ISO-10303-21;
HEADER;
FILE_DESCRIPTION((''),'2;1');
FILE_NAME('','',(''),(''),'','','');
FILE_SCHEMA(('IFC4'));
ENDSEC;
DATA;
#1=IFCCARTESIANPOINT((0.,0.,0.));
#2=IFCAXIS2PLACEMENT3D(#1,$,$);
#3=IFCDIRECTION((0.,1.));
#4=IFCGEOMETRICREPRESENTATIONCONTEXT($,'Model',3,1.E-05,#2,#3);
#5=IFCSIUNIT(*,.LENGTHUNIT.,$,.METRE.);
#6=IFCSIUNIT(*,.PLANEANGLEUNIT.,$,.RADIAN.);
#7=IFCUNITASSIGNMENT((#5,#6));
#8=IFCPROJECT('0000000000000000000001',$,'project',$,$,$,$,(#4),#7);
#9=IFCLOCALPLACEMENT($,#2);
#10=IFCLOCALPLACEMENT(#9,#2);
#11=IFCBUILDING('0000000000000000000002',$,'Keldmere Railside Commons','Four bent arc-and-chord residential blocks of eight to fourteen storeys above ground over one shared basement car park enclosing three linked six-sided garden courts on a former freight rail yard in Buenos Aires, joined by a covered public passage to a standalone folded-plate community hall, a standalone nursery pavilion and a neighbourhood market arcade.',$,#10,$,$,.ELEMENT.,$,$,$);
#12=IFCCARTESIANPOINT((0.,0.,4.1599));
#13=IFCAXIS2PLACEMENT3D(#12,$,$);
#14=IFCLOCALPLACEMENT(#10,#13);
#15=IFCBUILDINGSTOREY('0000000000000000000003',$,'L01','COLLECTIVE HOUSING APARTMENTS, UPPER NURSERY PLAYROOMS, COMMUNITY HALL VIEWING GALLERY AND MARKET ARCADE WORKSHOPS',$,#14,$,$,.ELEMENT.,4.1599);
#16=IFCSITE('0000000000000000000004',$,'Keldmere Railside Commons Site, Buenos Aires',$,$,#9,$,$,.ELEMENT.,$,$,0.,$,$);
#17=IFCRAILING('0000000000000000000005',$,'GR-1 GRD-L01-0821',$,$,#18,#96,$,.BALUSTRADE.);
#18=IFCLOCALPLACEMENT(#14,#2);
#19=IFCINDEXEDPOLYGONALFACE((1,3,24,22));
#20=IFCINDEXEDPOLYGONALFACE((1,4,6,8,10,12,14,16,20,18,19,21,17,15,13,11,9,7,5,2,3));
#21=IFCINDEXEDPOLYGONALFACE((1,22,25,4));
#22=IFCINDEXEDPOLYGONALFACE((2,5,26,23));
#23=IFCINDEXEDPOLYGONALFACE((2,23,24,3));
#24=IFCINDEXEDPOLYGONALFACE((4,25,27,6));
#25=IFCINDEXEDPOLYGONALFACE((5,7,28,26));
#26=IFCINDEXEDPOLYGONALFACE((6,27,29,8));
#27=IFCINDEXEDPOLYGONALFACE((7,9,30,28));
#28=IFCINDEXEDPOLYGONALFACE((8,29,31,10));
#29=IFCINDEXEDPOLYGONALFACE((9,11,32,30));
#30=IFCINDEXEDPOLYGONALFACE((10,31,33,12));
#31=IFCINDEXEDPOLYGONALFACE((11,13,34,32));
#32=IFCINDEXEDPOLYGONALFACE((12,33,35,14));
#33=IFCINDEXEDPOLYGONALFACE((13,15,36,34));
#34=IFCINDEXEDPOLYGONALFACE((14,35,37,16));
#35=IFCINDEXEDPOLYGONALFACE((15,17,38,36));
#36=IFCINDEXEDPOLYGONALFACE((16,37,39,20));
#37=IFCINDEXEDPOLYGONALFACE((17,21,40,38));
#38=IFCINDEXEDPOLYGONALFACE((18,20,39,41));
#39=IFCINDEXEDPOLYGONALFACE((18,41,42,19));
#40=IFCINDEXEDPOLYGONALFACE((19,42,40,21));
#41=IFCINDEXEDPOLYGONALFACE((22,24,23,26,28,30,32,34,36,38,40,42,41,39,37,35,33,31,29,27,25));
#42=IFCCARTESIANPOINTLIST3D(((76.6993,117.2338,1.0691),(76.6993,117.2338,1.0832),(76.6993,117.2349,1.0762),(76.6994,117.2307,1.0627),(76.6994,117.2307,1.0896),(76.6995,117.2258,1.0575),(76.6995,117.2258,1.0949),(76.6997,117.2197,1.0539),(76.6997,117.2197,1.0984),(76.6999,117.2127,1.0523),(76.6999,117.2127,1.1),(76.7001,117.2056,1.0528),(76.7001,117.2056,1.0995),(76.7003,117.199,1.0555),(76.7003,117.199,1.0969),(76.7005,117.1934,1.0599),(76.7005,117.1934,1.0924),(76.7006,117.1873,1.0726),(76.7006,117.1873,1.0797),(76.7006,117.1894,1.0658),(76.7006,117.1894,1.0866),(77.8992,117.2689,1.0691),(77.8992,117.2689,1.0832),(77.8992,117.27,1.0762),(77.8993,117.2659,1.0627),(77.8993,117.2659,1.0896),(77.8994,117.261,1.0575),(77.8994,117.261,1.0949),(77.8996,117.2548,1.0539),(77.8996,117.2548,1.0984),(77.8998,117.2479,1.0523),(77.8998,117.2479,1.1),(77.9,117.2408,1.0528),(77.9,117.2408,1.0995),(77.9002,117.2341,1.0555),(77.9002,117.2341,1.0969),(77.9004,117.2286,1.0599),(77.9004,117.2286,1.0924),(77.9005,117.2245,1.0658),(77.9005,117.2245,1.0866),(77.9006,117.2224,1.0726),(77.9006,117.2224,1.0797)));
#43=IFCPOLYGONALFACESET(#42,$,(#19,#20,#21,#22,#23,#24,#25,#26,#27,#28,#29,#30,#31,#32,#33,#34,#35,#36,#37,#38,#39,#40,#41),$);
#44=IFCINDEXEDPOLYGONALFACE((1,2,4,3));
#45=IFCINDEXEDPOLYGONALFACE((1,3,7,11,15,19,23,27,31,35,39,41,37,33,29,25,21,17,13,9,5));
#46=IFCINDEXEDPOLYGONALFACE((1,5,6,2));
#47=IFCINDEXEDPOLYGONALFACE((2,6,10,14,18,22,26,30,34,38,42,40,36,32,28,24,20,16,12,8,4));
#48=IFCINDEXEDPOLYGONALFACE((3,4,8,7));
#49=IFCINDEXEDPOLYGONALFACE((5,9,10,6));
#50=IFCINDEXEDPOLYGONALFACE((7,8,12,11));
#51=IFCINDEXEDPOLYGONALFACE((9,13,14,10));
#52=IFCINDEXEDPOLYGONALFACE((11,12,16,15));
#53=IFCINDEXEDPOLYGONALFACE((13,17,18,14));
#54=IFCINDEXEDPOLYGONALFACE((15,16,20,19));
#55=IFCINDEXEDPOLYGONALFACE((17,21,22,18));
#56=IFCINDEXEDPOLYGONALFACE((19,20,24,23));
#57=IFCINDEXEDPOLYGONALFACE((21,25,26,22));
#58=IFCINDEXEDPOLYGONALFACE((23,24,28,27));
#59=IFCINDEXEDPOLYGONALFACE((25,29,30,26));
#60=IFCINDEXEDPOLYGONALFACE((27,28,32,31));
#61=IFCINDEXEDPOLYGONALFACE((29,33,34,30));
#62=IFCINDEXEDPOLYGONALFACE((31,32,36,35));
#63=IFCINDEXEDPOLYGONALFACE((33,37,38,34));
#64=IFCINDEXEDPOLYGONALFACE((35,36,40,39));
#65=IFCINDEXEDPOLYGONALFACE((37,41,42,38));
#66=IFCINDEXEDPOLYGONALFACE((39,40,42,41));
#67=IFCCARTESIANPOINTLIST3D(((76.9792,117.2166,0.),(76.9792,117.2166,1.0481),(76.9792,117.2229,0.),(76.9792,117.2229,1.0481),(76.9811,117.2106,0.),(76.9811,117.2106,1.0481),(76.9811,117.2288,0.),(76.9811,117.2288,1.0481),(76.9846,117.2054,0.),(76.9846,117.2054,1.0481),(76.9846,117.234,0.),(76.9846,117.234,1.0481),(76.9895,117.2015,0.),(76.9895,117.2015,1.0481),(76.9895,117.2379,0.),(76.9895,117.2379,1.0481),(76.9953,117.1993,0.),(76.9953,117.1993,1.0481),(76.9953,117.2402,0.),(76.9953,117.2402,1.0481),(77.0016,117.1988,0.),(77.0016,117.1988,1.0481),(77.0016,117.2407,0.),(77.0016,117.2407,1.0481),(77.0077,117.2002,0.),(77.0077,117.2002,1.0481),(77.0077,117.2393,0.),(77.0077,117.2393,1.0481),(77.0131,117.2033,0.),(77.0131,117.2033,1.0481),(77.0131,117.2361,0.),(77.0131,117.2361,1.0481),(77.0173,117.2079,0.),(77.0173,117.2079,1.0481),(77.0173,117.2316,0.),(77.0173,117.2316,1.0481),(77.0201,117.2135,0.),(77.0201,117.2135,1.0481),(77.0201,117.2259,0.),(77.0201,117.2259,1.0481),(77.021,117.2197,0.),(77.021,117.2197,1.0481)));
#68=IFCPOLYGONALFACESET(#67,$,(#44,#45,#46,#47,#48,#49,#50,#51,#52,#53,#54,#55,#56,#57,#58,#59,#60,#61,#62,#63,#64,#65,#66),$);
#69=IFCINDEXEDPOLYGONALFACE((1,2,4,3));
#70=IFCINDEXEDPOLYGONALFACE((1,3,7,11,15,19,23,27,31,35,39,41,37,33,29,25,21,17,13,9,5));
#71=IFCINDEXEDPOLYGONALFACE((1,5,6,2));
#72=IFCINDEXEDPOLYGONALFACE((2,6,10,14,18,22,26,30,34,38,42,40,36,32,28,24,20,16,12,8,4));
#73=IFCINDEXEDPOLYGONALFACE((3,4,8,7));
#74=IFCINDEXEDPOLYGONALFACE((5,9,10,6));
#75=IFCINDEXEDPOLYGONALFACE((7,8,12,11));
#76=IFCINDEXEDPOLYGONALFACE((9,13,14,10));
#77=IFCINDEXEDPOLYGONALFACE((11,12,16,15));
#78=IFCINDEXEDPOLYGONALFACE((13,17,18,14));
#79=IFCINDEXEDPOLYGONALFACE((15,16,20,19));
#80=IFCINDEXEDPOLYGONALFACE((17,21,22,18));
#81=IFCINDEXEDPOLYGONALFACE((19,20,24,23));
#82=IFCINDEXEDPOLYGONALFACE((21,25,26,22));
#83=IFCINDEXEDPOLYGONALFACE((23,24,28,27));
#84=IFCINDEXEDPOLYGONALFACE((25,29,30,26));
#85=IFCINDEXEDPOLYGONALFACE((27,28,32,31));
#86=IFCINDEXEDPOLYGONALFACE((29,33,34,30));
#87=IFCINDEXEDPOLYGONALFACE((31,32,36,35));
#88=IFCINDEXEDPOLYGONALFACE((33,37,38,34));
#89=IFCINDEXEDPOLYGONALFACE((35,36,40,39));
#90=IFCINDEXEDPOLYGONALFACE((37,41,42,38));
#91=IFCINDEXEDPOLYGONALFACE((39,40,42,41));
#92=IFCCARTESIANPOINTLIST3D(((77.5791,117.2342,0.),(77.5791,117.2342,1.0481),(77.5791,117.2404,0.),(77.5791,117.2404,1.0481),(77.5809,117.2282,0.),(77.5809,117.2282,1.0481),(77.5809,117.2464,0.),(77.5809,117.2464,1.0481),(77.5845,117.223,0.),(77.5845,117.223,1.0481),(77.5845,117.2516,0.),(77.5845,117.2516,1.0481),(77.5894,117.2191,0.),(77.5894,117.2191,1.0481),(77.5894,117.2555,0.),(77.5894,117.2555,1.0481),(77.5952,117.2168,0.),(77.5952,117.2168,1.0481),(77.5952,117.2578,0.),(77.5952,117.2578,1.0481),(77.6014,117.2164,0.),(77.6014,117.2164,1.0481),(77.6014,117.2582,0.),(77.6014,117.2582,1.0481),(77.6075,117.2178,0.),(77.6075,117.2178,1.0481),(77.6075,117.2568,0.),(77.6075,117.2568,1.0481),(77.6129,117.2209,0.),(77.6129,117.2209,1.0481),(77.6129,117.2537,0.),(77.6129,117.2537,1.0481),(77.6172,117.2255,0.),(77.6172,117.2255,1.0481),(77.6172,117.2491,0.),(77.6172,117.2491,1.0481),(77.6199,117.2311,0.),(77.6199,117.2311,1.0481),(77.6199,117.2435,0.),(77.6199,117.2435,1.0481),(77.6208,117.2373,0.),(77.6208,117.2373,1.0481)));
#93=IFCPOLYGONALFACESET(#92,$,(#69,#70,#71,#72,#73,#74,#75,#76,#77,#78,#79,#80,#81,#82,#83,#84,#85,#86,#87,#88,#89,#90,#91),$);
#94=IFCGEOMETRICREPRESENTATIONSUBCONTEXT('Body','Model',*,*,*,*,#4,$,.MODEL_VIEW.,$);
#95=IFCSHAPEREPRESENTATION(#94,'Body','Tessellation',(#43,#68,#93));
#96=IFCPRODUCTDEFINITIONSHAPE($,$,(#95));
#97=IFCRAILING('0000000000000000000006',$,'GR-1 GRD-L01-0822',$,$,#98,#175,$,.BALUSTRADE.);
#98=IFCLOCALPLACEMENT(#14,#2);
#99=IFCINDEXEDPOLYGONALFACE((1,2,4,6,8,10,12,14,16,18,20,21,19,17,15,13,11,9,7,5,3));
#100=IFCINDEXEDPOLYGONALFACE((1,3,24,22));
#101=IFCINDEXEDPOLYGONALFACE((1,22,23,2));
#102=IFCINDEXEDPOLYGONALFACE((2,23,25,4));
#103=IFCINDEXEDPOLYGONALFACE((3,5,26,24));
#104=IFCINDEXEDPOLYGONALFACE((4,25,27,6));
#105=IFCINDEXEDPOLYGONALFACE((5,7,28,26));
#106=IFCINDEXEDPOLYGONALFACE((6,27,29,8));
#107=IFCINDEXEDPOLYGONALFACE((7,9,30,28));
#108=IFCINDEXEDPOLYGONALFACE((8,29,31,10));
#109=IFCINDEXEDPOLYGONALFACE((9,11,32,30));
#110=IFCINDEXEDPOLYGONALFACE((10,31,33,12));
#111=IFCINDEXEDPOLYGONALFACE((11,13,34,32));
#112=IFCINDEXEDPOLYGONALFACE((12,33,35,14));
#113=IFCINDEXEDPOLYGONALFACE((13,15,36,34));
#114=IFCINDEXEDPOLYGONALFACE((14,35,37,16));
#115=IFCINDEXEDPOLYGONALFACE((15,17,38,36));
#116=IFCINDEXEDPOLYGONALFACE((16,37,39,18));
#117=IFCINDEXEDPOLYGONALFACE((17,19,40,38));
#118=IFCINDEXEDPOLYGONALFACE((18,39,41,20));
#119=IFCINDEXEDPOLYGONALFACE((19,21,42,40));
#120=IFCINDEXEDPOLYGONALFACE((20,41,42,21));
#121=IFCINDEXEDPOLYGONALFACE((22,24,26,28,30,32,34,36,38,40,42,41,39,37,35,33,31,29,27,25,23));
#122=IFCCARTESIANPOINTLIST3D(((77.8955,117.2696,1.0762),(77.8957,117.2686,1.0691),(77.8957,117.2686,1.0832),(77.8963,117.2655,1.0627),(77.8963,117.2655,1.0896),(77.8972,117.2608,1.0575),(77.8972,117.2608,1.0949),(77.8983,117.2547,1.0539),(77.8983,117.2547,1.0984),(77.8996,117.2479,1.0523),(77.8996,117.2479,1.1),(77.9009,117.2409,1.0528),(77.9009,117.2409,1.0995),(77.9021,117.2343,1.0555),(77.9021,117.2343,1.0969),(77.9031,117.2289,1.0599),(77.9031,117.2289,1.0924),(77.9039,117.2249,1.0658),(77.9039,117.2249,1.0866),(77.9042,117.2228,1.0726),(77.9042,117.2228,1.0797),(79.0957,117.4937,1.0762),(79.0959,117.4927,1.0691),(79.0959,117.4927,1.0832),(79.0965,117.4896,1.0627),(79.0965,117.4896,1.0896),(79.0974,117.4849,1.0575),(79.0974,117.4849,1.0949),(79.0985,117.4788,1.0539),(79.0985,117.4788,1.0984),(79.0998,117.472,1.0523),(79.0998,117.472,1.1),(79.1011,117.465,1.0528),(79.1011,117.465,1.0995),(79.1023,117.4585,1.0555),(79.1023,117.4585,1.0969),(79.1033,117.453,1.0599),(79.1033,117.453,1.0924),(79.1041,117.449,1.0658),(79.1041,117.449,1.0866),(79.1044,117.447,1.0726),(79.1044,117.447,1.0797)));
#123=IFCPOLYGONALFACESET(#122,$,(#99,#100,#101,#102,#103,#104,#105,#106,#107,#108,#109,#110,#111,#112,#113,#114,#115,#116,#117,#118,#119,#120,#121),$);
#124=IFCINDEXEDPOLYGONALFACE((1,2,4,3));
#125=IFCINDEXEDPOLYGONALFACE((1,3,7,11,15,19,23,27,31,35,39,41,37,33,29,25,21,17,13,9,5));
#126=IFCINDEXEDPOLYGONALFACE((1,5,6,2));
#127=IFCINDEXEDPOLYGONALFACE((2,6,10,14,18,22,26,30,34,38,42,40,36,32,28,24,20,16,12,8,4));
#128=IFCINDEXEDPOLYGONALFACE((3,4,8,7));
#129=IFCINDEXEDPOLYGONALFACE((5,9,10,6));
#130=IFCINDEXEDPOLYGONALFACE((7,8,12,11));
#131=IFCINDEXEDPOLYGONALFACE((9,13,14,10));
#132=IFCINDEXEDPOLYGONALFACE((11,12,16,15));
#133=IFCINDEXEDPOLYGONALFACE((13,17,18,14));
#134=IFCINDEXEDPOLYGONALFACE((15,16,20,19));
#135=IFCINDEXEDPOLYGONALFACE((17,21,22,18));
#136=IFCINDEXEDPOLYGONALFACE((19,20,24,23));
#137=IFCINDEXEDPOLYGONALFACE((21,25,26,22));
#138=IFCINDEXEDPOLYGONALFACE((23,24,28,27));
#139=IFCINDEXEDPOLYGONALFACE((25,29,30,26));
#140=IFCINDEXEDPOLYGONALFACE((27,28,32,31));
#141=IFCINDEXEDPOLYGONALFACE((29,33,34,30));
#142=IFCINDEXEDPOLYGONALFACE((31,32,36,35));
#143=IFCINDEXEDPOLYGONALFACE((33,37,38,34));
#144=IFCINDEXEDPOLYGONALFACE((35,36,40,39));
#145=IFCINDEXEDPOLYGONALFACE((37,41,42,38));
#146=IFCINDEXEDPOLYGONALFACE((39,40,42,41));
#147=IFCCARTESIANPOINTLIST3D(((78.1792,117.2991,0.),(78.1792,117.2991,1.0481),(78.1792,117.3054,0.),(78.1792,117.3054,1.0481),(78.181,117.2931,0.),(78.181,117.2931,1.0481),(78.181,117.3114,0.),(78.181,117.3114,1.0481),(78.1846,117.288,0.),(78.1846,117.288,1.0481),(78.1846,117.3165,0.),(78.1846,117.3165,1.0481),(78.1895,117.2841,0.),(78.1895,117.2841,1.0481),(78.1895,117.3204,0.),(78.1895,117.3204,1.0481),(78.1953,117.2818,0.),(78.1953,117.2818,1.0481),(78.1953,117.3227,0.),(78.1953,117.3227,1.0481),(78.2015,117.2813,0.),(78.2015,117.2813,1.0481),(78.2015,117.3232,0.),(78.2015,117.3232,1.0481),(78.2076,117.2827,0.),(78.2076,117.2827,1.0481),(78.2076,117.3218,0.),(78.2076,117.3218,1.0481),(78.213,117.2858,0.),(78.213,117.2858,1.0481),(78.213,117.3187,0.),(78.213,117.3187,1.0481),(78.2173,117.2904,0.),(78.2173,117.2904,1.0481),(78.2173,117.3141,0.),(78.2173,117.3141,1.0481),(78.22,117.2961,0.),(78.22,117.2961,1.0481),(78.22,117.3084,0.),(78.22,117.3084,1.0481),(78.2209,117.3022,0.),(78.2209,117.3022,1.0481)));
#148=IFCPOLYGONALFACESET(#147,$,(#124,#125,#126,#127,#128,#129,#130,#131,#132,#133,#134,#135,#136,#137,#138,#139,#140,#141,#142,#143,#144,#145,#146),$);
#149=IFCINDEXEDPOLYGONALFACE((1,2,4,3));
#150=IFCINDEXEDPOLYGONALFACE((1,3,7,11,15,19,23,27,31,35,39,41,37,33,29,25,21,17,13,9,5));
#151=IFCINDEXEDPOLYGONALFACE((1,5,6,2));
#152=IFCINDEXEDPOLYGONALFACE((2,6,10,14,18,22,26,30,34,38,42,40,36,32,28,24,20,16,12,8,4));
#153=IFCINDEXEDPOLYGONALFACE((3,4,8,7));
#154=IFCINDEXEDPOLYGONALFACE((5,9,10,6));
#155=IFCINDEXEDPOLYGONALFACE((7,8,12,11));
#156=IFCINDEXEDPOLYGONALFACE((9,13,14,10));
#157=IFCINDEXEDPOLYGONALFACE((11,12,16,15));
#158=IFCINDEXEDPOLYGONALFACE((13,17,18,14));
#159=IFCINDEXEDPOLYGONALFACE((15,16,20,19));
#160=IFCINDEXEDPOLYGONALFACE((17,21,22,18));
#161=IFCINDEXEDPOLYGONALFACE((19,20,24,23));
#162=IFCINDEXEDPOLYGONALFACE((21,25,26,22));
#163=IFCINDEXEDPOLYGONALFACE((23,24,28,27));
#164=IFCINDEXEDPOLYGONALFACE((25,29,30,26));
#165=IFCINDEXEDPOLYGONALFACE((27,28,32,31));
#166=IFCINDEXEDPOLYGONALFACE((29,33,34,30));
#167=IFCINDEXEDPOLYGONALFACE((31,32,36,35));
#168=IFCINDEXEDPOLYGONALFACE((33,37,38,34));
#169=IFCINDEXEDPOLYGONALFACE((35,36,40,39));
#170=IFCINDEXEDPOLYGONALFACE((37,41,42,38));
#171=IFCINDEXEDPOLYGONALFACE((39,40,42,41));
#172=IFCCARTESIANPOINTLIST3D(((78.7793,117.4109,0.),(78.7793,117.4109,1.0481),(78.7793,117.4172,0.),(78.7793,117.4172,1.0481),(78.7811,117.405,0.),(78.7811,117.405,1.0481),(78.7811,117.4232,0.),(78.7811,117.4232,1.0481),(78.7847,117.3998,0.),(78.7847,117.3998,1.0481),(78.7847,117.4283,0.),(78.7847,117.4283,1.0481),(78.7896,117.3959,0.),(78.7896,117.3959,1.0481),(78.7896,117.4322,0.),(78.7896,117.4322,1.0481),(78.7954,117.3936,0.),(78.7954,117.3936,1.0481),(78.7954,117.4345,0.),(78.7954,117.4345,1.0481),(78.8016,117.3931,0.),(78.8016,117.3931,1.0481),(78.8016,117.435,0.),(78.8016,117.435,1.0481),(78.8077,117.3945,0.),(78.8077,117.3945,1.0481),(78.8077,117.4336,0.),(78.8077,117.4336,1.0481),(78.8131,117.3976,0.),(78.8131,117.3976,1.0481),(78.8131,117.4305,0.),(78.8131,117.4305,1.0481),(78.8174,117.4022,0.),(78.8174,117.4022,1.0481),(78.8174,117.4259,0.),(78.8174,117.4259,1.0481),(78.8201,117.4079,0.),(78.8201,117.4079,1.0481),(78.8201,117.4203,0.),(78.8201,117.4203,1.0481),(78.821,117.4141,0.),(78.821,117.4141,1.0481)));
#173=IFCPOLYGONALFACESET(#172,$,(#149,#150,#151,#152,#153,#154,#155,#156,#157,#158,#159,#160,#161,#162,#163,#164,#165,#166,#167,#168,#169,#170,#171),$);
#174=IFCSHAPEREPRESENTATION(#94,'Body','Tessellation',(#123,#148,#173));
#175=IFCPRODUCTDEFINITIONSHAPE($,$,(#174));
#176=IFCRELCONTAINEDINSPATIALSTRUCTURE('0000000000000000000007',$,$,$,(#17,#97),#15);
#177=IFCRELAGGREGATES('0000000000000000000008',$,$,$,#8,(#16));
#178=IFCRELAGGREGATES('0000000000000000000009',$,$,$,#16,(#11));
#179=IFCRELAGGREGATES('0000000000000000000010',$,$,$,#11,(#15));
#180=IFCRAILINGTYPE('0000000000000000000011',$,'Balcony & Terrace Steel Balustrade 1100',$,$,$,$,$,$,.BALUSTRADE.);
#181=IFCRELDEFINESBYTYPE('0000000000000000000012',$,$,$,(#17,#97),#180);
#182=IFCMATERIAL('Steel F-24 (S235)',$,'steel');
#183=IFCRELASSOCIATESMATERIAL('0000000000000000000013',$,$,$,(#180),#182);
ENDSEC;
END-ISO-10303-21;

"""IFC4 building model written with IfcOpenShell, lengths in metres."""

from ifc_helpers import new_model, si_unit, direction, frame, origin, origin_2d, place, context, subcontext, project, spatial, circle, extrude, material, type_object, element, save


model = new_model("IFC4")

# Units and contexts
model_context = context("Model", 3, precision=1e-05, world=origin(), true_north=direction((0.0, 1.0)))
body_context = subcontext(model_context, "Body", "Model", "MODEL_VIEW")
ifc_project = project(units=[si_unit("LENGTHUNIT", "METRE"), si_unit("PLANEANGLEUNIT", "RADIAN")], contexts=[model_context])

# Site, building, storey
site_placement = place(None, origin())
site = spatial("IfcSite", under=ifc_project, at=site_placement, Name="Keldmere Railside Commons Site, Buenos Aires", CompositionType="ELEMENT", RefElevation=0.0)
building_placement = place(site_placement, origin())
building = spatial("IfcBuilding", under=site, at=building_placement, Name="Keldmere Railside Commons", Description="Four bent arc-and-chord residential blocks of eight to fourteen storeys above ground over one shared basement car park enclosing three linked six-sided garden courts on a former freight rail yard in Buenos Aires, joined by a covered public passage to a standalone folded-plate community hall, a standalone nursery pavilion and a neighbourhood market arcade.", CompositionType="ELEMENT")
storey_placement = place(building_placement, frame((0.0, 0.0, 4.1599)))
storey = spatial("IfcBuildingStorey", under=building, at=storey_placement, Name="L01", Description="COLLECTIVE HOUSING APARTMENTS, UPPER NURSERY PLAYROOMS, COMMUNITY HALL VIEWING GALLERY AND MARKET ARCADE WORKSHOPS", CompositionType="ELEMENT", Elevation=4.1599)

# Shared definitions
ifc_material_1 = material(Name="Steel F-24 (S235)", Category="steel")

# Railings
railing_type = type_object("IfcRailingType", Name="Balcony & Terrace Steel Balustrade 1100", PredefinedType="BALUSTRADE", material=ifc_material_1)
railing_1_placement = place(storey_placement, frame((76.7, 117.2109, 0.0)))
element("IfcRailing", 1, at=railing_1_placement, inside=storey, type_object=railing_type, Name="GR-1 GRD-L01-0821", PredefinedType="BALUSTRADE", context=body_context, shape_type="SweptSolid", body=[
    extrude(circle(Radius=0.0239, at=origin_2d()), frame((0.0, 0.0, 1.0762), z_axis=(0.999571, 0.029286, 0.0), x_axis=(-0.029286, 0.999571, 0.0)), (0.0, 0.0, 1.0), 1.2004),
    extrude(circle(Radius=0.021, at=origin_2d()), frame((0.3, 0.0088, 0.0)), (0.0, 0.0, 1.0), 1.0481),
    extrude(circle(Radius=0.021, at=origin_2d()), frame((0.8999, 0.0264, 0.0)), (0.0, 0.0, 1.0), 1.0481),
])
railing_2_placement = place(storey_placement, frame((77.8999, 117.2461, 0.0)))
element("IfcRailing", 2, at=railing_2_placement, inside=storey, type_object=railing_type, Name="GR-1 GRD-L01-0822", PredefinedType="BALUSTRADE", context=body_context, shape_type="SweptSolid", body=[
    extrude(circle(Radius=0.0239, at=origin_2d()), frame((0.0, 0.0, 1.0762), z_axis=(0.983008, 0.183564, 0.0), x_axis=(-0.183564, 0.983008, 0.0)), (0.0, 0.0, 1.0), 1.2209),
    extrude(circle(Radius=0.021, at=origin_2d()), frame((0.3, 0.0562, 0.0)), (0.0, 0.0, 1.0), 1.0481),
    extrude(circle(Radius=0.021, at=origin_2d()), frame((0.9001, 0.168, 0.0)), (0.0, 0.0, 1.0), 1.0481),
])

save(model, "model.ifc")
